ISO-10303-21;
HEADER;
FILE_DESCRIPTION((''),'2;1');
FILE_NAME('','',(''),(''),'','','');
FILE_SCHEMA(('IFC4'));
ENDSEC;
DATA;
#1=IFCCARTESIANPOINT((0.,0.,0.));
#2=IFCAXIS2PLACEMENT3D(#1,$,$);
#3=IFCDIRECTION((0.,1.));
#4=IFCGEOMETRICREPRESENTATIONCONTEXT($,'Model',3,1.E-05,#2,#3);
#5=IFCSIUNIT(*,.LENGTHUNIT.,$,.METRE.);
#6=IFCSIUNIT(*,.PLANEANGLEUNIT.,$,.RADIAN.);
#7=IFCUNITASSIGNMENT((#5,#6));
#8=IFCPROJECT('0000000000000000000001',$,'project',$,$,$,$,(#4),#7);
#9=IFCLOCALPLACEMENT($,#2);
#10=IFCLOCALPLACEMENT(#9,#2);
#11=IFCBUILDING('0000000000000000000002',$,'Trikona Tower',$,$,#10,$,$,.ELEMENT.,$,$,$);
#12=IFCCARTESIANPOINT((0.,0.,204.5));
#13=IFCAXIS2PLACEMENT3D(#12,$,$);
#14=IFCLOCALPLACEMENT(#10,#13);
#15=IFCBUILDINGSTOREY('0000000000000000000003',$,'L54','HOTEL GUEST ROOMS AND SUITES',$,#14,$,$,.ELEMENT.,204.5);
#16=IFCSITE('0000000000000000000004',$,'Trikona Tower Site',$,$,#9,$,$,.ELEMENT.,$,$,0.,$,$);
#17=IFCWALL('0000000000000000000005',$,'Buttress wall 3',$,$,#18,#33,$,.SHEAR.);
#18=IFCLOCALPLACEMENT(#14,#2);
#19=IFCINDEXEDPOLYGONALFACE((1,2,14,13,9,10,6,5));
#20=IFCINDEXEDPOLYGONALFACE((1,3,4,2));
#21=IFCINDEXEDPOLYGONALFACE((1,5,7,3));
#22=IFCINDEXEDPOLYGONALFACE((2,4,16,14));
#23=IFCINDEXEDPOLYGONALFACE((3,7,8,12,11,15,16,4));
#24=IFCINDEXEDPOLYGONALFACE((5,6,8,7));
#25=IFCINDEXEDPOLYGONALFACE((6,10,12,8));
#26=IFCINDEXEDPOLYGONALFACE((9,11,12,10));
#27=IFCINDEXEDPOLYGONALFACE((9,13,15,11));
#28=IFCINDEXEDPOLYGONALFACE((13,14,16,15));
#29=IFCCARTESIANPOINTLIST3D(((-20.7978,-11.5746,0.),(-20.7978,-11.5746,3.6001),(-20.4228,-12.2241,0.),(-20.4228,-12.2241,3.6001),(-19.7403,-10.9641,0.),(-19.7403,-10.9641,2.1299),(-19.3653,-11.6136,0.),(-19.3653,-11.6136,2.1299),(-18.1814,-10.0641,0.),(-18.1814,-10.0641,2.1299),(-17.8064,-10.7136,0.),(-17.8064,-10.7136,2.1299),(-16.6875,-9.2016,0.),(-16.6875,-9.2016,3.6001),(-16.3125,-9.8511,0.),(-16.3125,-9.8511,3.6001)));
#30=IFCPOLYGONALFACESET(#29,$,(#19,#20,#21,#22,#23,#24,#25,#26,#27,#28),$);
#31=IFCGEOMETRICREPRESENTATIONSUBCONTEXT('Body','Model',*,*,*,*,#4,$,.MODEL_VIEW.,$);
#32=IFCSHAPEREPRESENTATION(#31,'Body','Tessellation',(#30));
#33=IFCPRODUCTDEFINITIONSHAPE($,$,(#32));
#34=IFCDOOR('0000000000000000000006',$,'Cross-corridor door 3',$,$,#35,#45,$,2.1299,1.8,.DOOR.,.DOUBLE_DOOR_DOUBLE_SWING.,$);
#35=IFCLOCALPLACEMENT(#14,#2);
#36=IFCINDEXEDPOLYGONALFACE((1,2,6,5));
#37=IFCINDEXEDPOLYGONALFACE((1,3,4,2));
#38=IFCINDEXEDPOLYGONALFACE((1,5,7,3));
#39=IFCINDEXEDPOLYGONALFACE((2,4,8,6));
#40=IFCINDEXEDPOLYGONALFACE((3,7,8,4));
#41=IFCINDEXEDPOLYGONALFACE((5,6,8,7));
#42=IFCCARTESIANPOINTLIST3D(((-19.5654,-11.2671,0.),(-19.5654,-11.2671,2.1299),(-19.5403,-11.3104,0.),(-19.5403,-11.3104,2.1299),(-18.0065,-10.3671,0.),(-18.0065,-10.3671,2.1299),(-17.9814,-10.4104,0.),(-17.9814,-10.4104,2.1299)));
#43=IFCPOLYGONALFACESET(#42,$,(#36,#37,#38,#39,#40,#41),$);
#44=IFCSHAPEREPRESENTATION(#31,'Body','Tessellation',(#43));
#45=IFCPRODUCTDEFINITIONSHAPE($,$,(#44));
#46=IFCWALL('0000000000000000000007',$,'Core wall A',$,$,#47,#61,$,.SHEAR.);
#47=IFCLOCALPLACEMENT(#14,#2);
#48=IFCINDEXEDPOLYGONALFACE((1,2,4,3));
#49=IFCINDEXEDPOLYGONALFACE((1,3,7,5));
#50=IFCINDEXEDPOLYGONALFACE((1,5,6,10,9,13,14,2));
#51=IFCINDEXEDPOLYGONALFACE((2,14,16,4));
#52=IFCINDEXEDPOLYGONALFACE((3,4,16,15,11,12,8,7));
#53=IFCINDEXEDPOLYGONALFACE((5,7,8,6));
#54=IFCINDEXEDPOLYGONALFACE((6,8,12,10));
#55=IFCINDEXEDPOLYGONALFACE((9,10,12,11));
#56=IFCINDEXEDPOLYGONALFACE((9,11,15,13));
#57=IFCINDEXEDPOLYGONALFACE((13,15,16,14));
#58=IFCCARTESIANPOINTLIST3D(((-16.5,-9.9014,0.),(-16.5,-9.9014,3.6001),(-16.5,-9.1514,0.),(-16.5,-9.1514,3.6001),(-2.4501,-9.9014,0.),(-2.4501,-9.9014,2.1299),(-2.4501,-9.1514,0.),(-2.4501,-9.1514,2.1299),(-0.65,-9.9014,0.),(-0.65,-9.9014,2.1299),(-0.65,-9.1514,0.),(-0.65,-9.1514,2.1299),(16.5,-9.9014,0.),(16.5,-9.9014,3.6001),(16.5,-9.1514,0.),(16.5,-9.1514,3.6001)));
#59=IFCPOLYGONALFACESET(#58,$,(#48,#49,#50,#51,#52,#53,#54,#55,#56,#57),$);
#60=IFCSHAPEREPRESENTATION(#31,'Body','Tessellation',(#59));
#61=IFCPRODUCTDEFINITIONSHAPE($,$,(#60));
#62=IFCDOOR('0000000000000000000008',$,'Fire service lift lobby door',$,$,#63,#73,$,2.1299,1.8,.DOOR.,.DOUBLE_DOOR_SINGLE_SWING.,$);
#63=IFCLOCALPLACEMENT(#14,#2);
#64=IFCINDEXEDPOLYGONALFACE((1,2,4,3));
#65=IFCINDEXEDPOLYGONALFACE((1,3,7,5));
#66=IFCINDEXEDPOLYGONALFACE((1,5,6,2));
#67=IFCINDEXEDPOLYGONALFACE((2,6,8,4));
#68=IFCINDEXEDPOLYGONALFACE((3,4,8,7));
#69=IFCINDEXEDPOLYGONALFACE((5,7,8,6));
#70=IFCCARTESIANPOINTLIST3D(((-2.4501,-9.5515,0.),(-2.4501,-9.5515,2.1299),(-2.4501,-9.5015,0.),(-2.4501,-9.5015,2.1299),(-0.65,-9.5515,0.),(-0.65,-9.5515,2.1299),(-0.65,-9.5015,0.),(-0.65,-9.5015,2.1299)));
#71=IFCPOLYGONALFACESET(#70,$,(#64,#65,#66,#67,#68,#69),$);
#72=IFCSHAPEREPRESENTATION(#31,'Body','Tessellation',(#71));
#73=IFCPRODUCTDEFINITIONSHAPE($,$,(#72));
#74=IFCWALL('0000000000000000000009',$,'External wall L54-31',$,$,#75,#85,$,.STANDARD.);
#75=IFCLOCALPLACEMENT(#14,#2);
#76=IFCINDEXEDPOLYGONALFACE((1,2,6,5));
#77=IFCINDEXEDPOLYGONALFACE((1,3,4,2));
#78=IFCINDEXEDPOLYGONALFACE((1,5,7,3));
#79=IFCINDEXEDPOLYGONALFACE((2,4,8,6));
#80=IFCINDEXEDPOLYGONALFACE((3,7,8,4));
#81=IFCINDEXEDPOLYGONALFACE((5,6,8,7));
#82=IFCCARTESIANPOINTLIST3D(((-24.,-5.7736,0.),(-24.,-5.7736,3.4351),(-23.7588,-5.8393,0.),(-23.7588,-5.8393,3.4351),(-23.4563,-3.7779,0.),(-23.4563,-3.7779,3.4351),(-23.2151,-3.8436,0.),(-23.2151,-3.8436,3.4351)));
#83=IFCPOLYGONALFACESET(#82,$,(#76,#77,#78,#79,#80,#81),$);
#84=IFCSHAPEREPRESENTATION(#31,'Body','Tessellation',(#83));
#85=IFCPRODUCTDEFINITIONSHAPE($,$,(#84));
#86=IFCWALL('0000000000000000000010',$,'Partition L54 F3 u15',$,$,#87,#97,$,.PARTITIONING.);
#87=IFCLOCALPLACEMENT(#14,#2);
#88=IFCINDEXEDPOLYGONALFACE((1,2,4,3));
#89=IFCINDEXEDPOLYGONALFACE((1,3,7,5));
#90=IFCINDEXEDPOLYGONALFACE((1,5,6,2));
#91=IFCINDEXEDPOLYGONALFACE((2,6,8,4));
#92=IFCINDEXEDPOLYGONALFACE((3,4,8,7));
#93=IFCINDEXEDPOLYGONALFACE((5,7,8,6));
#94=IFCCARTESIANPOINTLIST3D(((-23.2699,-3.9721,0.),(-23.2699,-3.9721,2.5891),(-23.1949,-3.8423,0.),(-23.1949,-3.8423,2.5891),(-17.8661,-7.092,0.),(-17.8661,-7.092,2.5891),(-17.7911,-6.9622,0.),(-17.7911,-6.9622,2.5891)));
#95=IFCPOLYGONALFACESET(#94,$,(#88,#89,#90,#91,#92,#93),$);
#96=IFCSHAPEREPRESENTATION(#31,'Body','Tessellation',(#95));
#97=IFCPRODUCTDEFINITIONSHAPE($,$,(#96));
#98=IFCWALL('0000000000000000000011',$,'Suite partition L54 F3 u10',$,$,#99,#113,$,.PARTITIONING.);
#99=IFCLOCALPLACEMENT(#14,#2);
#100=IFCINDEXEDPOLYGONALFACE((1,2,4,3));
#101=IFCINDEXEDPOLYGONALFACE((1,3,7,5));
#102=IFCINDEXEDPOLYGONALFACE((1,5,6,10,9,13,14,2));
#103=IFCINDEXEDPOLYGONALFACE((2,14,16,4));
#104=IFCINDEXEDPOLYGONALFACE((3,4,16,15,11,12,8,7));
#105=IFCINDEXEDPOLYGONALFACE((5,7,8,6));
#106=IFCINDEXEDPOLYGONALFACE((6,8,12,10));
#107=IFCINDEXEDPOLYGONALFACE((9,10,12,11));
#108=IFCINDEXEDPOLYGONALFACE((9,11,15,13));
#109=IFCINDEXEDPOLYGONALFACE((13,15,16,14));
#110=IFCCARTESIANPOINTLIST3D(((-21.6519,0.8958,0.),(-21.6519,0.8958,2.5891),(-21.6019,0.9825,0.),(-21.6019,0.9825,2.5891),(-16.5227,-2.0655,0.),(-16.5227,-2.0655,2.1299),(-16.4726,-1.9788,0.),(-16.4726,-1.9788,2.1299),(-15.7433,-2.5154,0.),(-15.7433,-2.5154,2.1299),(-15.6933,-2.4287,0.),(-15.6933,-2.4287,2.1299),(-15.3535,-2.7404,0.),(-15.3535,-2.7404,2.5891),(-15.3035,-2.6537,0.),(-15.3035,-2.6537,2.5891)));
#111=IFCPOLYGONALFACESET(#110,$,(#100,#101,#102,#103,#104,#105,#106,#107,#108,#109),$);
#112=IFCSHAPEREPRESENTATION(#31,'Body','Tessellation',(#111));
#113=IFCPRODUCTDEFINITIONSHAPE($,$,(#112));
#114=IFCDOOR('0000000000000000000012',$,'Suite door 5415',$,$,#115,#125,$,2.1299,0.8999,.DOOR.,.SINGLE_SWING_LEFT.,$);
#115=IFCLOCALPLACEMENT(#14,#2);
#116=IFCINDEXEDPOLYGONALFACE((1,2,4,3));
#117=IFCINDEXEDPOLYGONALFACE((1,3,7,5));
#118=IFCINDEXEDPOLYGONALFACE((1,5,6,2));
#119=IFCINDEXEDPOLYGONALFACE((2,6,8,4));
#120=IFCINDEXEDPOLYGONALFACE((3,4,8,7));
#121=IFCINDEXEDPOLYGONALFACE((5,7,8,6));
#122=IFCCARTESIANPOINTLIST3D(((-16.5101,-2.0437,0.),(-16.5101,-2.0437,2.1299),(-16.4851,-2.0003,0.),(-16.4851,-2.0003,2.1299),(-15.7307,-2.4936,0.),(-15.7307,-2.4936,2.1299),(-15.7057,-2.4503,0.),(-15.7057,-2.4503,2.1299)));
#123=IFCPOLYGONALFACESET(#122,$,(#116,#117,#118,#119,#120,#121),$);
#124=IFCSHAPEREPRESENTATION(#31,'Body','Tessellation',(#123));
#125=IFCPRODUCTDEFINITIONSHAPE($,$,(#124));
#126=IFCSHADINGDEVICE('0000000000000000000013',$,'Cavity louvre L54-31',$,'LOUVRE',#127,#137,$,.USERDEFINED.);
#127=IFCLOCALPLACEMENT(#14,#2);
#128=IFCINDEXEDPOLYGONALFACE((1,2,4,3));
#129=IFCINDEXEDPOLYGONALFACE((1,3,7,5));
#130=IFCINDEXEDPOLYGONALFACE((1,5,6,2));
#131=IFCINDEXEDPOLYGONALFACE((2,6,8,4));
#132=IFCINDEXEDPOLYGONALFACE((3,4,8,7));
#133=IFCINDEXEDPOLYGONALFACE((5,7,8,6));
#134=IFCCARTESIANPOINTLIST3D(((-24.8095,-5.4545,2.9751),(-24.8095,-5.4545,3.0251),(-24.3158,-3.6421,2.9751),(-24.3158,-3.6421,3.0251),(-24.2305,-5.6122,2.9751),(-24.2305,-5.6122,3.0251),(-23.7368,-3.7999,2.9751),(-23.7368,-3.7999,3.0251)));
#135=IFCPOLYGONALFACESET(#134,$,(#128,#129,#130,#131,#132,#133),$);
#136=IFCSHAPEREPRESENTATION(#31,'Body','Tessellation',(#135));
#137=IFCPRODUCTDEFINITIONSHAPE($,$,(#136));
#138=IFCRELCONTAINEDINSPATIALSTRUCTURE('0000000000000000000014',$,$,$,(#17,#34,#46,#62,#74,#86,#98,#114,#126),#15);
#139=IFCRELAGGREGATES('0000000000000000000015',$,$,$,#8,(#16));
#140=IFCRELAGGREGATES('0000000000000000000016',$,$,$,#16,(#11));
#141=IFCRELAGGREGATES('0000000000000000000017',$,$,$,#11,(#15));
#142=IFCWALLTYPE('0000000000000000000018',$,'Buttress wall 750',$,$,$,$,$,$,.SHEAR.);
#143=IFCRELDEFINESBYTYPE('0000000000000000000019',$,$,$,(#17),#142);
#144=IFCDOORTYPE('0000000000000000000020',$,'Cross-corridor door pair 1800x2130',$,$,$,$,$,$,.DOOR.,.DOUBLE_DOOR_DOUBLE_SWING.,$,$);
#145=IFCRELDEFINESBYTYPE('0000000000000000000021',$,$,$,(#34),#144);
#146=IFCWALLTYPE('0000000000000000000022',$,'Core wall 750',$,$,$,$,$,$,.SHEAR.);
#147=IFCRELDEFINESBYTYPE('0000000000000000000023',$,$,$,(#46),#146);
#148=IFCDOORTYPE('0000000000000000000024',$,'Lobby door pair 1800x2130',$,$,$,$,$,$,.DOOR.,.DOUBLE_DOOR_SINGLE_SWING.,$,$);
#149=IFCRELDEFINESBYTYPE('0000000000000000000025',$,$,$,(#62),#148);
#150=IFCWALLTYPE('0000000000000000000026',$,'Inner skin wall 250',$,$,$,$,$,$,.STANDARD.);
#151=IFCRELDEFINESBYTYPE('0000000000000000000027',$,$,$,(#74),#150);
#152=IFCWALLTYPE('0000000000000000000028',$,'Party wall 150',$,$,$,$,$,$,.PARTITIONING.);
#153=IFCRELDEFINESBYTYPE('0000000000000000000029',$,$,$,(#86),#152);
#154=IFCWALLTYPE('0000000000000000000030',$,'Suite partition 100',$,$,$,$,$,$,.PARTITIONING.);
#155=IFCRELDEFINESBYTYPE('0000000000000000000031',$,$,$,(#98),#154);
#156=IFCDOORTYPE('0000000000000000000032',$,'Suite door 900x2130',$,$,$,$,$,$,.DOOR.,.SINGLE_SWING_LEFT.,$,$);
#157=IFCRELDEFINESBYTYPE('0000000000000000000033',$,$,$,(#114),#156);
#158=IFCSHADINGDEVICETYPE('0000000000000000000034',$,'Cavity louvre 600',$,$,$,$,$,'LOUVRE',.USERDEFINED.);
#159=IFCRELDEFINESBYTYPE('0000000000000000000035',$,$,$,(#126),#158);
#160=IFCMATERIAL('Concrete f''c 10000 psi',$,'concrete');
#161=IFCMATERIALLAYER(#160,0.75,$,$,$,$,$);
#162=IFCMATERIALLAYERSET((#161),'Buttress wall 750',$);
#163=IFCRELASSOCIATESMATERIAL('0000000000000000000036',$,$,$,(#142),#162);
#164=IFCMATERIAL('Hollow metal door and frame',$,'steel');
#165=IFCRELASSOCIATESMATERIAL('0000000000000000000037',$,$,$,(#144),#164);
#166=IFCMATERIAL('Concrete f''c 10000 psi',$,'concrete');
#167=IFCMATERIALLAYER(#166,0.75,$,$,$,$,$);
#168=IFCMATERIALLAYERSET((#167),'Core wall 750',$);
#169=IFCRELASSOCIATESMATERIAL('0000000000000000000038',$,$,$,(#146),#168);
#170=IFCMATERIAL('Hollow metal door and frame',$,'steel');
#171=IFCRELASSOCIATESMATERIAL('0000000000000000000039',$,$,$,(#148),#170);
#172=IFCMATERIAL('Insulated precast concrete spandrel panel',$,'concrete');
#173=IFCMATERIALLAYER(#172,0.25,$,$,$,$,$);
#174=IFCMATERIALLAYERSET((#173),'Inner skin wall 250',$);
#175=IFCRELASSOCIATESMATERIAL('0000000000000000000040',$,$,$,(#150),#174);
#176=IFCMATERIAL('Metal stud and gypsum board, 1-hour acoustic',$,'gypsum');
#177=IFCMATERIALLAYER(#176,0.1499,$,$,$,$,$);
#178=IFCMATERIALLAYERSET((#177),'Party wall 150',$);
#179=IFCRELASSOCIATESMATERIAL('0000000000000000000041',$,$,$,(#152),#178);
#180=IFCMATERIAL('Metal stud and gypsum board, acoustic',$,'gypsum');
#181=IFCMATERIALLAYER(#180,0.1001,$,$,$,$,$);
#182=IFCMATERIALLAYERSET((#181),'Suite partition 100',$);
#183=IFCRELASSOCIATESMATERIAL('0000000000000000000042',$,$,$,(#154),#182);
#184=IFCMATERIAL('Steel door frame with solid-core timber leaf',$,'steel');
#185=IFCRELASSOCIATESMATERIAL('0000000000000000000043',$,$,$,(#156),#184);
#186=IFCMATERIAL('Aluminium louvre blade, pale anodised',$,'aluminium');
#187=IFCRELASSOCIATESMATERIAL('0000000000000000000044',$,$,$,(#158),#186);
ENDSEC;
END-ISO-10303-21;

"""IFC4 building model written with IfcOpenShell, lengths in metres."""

from ifc_helpers import new_model, si_unit, direction, frame, frame_2d, origin, origin_2d, place, context, subcontext, project, spatial, rectangle, extrude, material, layer, layer_set, type_object, element, fill, save


model = new_model("IFC4")

# Units and contexts
model_context = context("Model", 3, precision=1e-05, world=origin(), true_north=direction((0.0, 1.0)))
body_context = subcontext(model_context, "Body", "Model", "MODEL_VIEW")
ifc_project = project(units=[si_unit("LENGTHUNIT", "METRE"), si_unit("PLANEANGLEUNIT", "RADIAN")], contexts=[model_context])

# Site, building, storey
site_placement = place(None, origin())
site = spatial("IfcSite", under=ifc_project, at=site_placement, Name="Trikona Tower Site", CompositionType="ELEMENT", RefElevation=0.0)
building_placement = place(site_placement, origin())
building = spatial("IfcBuilding", under=site, at=building_placement, Name="Trikona Tower", CompositionType="ELEMENT")
storey_placement = place(building_placement, frame((0.0, 0.0, 204.5)))
storey = spatial("IfcBuildingStorey", under=building, at=storey_placement, Name="L54", Description="HOTEL GUEST ROOMS AND SUITES", CompositionType="ELEMENT", Elevation=204.5)

# Walls, openings, doors
ifc_material_1 = material(Name="Concrete f'c 10000 psi", Category="concrete")
ifc_layer_1 = layer(ifc_material_1, 0.75)
ifc_layer_set_1 = layer_set([ifc_layer_1], Name="Buttress wall 750")
wall_type_1 = type_object("IfcWallType", Name="Buttress wall 750", PredefinedType="SHEAR", material=ifc_layer_set_1)
wall_1_placement = place(storey_placement, frame((-16.5, -9.5264, 0.0), z_axis=(0.0, 0.0, 1.0), x_axis=(-0.866031, -0.49999, 0.0)))
wall_1 = element("IfcWall", 1, at=wall_1_placement, inside=storey, type_object=wall_type_1, Name="Buttress wall 3", PredefinedType="SHEAR", context=body_context, shape_type="SweptSolid", body=[
    extrude(rectangle(XDim=4.7461, YDim=0.75, at=frame_2d((2.373, 0.0))), origin(), (0.0, 0.0, 1.0), 3.6001),
])
opening_1_placement = place(wall_1_placement, frame((1.7251, 0.0, 0.0)))
opening_1 = element("IfcOpeningElement", 2, at=opening_1_placement, cuts=wall_1, PredefinedType="OPENING", context=body_context, shape_type="SweptSolid", body=[
    extrude(rectangle(XDim=1.8, YDim=2.1299, at=frame_2d((0.8999, 1.0649))), frame((0.0, 0.385, 0.0), z_axis=(0.0, -1.0, 0.0), x_axis=(1.0, 0.0, 0.0)), (0.0, 0.0, 1.0), 0.77),
])
ifc_material_2 = material(Name="Hollow metal door and frame", Category="steel")
door_type_1 = type_object("IfcDoorType", Name="Cross-corridor door pair 1800x2130", OperationType="DOUBLE_DOOR_DOUBLE_SWING", PredefinedType="DOOR", material=ifc_material_2)
door_1_placement = place(opening_1_placement, origin())
door_1 = element("IfcDoor", 3, at=door_1_placement, inside=storey, type_object=door_type_1, Name="Cross-corridor door 3", OperationType="DOUBLE_DOOR_DOUBLE_SWING", OverallHeight=2.1299, OverallWidth=1.8, PredefinedType="DOOR", context=body_context, shape_type="SweptSolid", body=[
    extrude(rectangle(XDim=1.8, YDim=2.1299, at=frame_2d((0.8999, 1.0649))), frame((0.0, 0.0249, 0.0), z_axis=(0.0, -1.0, 0.0), x_axis=(1.0, 0.0, 0.0)), (0.0, 0.0, 1.0), 0.05),
])
fill(opening_1, door_1)
ifc_material_3 = material(Name="Concrete f'c 10000 psi", Category="concrete")
ifc_layer_2 = layer(ifc_material_3, 0.75)
ifc_layer_set_2 = layer_set([ifc_layer_2], Name="Core wall 750")
wall_type_2 = type_object("IfcWallType", Name="Core wall 750", PredefinedType="SHEAR", material=ifc_layer_set_2)
wall_2_placement = place(storey_placement, frame((-16.5, -9.5264, 0.0), z_axis=(0.0, 0.0, 1.0), x_axis=(1.0, 0.0, 0.0)))
wall_2 = element("IfcWall", 4, at=wall_2_placement, inside=storey, type_object=wall_type_2, Name="Core wall A", PredefinedType="SHEAR", context=body_context, shape_type="SweptSolid", body=[
    extrude(rectangle(XDim=33.0, YDim=0.75, at=frame_2d((16.5, 0.0))), origin(), (0.0, 0.0, 1.0), 3.6001),
])
opening_2_placement = place(wall_2_placement, frame((14.05, 0.0, 0.0)))
opening_2 = element("IfcOpeningElement", 5, at=opening_2_placement, cuts=wall_2, PredefinedType="OPENING", context=body_context, shape_type="SweptSolid", body=[
    extrude(rectangle(XDim=1.8, YDim=2.1299, at=frame_2d((0.8999, 1.0649))), frame((0.0, 0.385, 0.0), z_axis=(0.0, -1.0, 0.0), x_axis=(1.0, 0.0, 0.0)), (0.0, 0.0, 1.0), 0.77),
])
ifc_material_4 = material(Name="Hollow metal door and frame", Category="steel")
door_type_2 = type_object("IfcDoorType", Name="Lobby door pair 1800x2130", OperationType="DOUBLE_DOOR_SINGLE_SWING", PredefinedType="DOOR", material=ifc_material_4)
door_2_placement = place(opening_2_placement, origin())
door_2 = element("IfcDoor", 6, at=door_2_placement, inside=storey, type_object=door_type_2, Name="Fire service lift lobby door", OperationType="DOUBLE_DOOR_SINGLE_SWING", OverallHeight=2.1299, OverallWidth=1.8, PredefinedType="DOOR", context=body_context, shape_type="SweptSolid", body=[
    extrude(rectangle(XDim=1.8, YDim=2.1299, at=frame_2d((0.8999, 1.0649))), frame((0.0, 0.0249, 0.0), z_axis=(0.0, -1.0, 0.0), x_axis=(1.0, 0.0, 0.0)), (0.0, 0.0, 1.0), 0.05),
])
fill(opening_2, door_2)

# Walls
ifc_material_5 = material(Name="Insulated precast concrete spandrel panel", Category="concrete")
ifc_layer_3 = layer(ifc_material_5, 0.25)
ifc_layer_set_3 = layer_set([ifc_layer_3], Name="Inner skin wall 250")
wall_type_3 = type_object("IfcWallType", Name="Inner skin wall 250", PredefinedType="STANDARD", material=ifc_layer_set_3)
wall_3_placement = place(storey_placement, frame((-23.3357, -3.8108, 0.0), z_axis=(0.0, 0.0, 1.0), x_axis=(-0.262868, -0.964832, 0.0)))
element("IfcWall", 7, at=wall_3_placement, inside=storey, type_object=wall_type_3, Name="External wall L54-31", PredefinedType="STANDARD", context=body_context, shape_type="SweptSolid", body=[
    extrude(rectangle(XDim=2.0684, YDim=0.25, at=frame_2d((1.0342, 0.0))), origin(), (0.0, 0.0, 1.0), 3.4351),
])
ifc_material_6 = material(Name="Metal stud and gypsum board, 1-hour acoustic", Category="gypsum")
ifc_layer_4 = layer(ifc_material_6, 0.1499)
ifc_layer_set_4 = layer_set([ifc_layer_4], Name="Party wall 150")
wall_type_4 = type_object("IfcWallType", Name="Party wall 150", PredefinedType="PARTITIONING", material=ifc_layer_set_4)
wall_4_placement = place(storey_placement, frame((-17.8286, -7.0271, 0.0), z_axis=(0.0, 0.0, 1.0), x_axis=(-0.866027, 0.499998, 0.0)))
element("IfcWall", 8, at=wall_4_placement, inside=storey, type_object=wall_type_4, Name="Partition L54 F3 u15", PredefinedType="PARTITIONING", context=body_context, shape_type="SweptSolid", body=[
    extrude(rectangle(XDim=6.2397, YDim=0.1499, at=frame_2d((3.1199, 0.0))), origin(), (0.0, 0.0, 1.0), 2.5891),
])

# Wall, opening, door
ifc_material_7 = material(Name="Metal stud and gypsum board, acoustic", Category="gypsum")
ifc_layer_5 = layer(ifc_material_7, 0.1001)
ifc_layer_set_5 = layer_set([ifc_layer_5], Name="Suite partition 100")
wall_type_5 = type_object("IfcWallType", Name="Suite partition 100", PredefinedType="PARTITIONING", material=ifc_layer_set_5)
wall_5_placement = place(storey_placement, frame((-15.3286, -2.697, 0.0), z_axis=(0.0, 0.0, 1.0), x_axis=(-0.866032, 0.499988, 0.0)))
wall_5 = element("IfcWall", 9, at=wall_5_placement, inside=storey, type_object=wall_type_5, Name="Suite partition L54 F3 u10", PredefinedType="PARTITIONING", context=body_context, shape_type="SweptSolid", body=[
    extrude(rectangle(XDim=7.2727, YDim=0.1001, at=frame_2d((3.6362, 0.0))), origin(), (0.0, 0.0, 1.0), 2.5891),
])
opening_3_placement = place(wall_5_placement, frame((0.45, 0.0, 0.0)))
opening_3 = element("IfcOpeningElement", 10, at=opening_3_placement, cuts=wall_5, PredefinedType="OPENING", context=body_context, shape_type="SweptSolid", body=[
    extrude(rectangle(XDim=0.8999, YDim=2.1299, at=frame_2d((0.45, 1.0649))), frame((0.0, 0.0601, 0.0), z_axis=(0.0, -1.0, 0.0), x_axis=(1.0, 0.0, 0.0)), (0.0, 0.0, 1.0), 0.1201),
])
ifc_material_8 = material(Name="Steel door frame with solid-core timber leaf", Category="steel")
door_type_3 = type_object("IfcDoorType", Name="Suite door 900x2130", OperationType="SINGLE_SWING_LEFT", PredefinedType="DOOR", material=ifc_material_8)
door_3_placement = place(opening_3_placement, origin())
door_3 = element("IfcDoor", 11, at=door_3_placement, inside=storey, type_object=door_type_3, Name="Suite door 5415", OperationType="SINGLE_SWING_LEFT", OverallHeight=2.1299, OverallWidth=0.8999, PredefinedType="DOOR", context=body_context, shape_type="SweptSolid", body=[
    extrude(rectangle(XDim=0.8999, YDim=2.1299, at=frame_2d((0.45, 1.0649))), frame((0.0, 0.0249, 0.0), z_axis=(0.0, -1.0, 0.0), x_axis=(1.0, 0.0, 0.0)), (0.0, 0.0, 1.0), 0.05),
])
fill(opening_3, door_3)

# Shading device
ifc_material_9 = material(Name="Aluminium louvre blade, pale anodised", Category="aluminium")
shading_device_type = type_object("IfcShadingDeviceType", Name="Cavity louvre 600", ElementType="LOUVRE", PredefinedType="USERDEFINED", material=ifc_material_9)
shading_device_placement = place(storey_placement, frame((-24.2732, -4.6272, 2.9751), z_axis=(0.0, 0.0, 1.0), x_axis=(-0.262822, -0.964844, 0.0)))
element("IfcShadingDevice", 12, at=shading_device_placement, inside=storey, type_object=shading_device_type, Name="Cavity louvre L54-31", ObjectType="LOUVRE", PredefinedType="USERDEFINED", context=body_context, shape_type="SweptSolid", body=[
    extrude(rectangle(XDim=1.8784, YDim=0.6001, at=origin_2d()), origin(), (0.0, 0.0, 1.0), 0.05),
])

save(model, "model.ifc")
